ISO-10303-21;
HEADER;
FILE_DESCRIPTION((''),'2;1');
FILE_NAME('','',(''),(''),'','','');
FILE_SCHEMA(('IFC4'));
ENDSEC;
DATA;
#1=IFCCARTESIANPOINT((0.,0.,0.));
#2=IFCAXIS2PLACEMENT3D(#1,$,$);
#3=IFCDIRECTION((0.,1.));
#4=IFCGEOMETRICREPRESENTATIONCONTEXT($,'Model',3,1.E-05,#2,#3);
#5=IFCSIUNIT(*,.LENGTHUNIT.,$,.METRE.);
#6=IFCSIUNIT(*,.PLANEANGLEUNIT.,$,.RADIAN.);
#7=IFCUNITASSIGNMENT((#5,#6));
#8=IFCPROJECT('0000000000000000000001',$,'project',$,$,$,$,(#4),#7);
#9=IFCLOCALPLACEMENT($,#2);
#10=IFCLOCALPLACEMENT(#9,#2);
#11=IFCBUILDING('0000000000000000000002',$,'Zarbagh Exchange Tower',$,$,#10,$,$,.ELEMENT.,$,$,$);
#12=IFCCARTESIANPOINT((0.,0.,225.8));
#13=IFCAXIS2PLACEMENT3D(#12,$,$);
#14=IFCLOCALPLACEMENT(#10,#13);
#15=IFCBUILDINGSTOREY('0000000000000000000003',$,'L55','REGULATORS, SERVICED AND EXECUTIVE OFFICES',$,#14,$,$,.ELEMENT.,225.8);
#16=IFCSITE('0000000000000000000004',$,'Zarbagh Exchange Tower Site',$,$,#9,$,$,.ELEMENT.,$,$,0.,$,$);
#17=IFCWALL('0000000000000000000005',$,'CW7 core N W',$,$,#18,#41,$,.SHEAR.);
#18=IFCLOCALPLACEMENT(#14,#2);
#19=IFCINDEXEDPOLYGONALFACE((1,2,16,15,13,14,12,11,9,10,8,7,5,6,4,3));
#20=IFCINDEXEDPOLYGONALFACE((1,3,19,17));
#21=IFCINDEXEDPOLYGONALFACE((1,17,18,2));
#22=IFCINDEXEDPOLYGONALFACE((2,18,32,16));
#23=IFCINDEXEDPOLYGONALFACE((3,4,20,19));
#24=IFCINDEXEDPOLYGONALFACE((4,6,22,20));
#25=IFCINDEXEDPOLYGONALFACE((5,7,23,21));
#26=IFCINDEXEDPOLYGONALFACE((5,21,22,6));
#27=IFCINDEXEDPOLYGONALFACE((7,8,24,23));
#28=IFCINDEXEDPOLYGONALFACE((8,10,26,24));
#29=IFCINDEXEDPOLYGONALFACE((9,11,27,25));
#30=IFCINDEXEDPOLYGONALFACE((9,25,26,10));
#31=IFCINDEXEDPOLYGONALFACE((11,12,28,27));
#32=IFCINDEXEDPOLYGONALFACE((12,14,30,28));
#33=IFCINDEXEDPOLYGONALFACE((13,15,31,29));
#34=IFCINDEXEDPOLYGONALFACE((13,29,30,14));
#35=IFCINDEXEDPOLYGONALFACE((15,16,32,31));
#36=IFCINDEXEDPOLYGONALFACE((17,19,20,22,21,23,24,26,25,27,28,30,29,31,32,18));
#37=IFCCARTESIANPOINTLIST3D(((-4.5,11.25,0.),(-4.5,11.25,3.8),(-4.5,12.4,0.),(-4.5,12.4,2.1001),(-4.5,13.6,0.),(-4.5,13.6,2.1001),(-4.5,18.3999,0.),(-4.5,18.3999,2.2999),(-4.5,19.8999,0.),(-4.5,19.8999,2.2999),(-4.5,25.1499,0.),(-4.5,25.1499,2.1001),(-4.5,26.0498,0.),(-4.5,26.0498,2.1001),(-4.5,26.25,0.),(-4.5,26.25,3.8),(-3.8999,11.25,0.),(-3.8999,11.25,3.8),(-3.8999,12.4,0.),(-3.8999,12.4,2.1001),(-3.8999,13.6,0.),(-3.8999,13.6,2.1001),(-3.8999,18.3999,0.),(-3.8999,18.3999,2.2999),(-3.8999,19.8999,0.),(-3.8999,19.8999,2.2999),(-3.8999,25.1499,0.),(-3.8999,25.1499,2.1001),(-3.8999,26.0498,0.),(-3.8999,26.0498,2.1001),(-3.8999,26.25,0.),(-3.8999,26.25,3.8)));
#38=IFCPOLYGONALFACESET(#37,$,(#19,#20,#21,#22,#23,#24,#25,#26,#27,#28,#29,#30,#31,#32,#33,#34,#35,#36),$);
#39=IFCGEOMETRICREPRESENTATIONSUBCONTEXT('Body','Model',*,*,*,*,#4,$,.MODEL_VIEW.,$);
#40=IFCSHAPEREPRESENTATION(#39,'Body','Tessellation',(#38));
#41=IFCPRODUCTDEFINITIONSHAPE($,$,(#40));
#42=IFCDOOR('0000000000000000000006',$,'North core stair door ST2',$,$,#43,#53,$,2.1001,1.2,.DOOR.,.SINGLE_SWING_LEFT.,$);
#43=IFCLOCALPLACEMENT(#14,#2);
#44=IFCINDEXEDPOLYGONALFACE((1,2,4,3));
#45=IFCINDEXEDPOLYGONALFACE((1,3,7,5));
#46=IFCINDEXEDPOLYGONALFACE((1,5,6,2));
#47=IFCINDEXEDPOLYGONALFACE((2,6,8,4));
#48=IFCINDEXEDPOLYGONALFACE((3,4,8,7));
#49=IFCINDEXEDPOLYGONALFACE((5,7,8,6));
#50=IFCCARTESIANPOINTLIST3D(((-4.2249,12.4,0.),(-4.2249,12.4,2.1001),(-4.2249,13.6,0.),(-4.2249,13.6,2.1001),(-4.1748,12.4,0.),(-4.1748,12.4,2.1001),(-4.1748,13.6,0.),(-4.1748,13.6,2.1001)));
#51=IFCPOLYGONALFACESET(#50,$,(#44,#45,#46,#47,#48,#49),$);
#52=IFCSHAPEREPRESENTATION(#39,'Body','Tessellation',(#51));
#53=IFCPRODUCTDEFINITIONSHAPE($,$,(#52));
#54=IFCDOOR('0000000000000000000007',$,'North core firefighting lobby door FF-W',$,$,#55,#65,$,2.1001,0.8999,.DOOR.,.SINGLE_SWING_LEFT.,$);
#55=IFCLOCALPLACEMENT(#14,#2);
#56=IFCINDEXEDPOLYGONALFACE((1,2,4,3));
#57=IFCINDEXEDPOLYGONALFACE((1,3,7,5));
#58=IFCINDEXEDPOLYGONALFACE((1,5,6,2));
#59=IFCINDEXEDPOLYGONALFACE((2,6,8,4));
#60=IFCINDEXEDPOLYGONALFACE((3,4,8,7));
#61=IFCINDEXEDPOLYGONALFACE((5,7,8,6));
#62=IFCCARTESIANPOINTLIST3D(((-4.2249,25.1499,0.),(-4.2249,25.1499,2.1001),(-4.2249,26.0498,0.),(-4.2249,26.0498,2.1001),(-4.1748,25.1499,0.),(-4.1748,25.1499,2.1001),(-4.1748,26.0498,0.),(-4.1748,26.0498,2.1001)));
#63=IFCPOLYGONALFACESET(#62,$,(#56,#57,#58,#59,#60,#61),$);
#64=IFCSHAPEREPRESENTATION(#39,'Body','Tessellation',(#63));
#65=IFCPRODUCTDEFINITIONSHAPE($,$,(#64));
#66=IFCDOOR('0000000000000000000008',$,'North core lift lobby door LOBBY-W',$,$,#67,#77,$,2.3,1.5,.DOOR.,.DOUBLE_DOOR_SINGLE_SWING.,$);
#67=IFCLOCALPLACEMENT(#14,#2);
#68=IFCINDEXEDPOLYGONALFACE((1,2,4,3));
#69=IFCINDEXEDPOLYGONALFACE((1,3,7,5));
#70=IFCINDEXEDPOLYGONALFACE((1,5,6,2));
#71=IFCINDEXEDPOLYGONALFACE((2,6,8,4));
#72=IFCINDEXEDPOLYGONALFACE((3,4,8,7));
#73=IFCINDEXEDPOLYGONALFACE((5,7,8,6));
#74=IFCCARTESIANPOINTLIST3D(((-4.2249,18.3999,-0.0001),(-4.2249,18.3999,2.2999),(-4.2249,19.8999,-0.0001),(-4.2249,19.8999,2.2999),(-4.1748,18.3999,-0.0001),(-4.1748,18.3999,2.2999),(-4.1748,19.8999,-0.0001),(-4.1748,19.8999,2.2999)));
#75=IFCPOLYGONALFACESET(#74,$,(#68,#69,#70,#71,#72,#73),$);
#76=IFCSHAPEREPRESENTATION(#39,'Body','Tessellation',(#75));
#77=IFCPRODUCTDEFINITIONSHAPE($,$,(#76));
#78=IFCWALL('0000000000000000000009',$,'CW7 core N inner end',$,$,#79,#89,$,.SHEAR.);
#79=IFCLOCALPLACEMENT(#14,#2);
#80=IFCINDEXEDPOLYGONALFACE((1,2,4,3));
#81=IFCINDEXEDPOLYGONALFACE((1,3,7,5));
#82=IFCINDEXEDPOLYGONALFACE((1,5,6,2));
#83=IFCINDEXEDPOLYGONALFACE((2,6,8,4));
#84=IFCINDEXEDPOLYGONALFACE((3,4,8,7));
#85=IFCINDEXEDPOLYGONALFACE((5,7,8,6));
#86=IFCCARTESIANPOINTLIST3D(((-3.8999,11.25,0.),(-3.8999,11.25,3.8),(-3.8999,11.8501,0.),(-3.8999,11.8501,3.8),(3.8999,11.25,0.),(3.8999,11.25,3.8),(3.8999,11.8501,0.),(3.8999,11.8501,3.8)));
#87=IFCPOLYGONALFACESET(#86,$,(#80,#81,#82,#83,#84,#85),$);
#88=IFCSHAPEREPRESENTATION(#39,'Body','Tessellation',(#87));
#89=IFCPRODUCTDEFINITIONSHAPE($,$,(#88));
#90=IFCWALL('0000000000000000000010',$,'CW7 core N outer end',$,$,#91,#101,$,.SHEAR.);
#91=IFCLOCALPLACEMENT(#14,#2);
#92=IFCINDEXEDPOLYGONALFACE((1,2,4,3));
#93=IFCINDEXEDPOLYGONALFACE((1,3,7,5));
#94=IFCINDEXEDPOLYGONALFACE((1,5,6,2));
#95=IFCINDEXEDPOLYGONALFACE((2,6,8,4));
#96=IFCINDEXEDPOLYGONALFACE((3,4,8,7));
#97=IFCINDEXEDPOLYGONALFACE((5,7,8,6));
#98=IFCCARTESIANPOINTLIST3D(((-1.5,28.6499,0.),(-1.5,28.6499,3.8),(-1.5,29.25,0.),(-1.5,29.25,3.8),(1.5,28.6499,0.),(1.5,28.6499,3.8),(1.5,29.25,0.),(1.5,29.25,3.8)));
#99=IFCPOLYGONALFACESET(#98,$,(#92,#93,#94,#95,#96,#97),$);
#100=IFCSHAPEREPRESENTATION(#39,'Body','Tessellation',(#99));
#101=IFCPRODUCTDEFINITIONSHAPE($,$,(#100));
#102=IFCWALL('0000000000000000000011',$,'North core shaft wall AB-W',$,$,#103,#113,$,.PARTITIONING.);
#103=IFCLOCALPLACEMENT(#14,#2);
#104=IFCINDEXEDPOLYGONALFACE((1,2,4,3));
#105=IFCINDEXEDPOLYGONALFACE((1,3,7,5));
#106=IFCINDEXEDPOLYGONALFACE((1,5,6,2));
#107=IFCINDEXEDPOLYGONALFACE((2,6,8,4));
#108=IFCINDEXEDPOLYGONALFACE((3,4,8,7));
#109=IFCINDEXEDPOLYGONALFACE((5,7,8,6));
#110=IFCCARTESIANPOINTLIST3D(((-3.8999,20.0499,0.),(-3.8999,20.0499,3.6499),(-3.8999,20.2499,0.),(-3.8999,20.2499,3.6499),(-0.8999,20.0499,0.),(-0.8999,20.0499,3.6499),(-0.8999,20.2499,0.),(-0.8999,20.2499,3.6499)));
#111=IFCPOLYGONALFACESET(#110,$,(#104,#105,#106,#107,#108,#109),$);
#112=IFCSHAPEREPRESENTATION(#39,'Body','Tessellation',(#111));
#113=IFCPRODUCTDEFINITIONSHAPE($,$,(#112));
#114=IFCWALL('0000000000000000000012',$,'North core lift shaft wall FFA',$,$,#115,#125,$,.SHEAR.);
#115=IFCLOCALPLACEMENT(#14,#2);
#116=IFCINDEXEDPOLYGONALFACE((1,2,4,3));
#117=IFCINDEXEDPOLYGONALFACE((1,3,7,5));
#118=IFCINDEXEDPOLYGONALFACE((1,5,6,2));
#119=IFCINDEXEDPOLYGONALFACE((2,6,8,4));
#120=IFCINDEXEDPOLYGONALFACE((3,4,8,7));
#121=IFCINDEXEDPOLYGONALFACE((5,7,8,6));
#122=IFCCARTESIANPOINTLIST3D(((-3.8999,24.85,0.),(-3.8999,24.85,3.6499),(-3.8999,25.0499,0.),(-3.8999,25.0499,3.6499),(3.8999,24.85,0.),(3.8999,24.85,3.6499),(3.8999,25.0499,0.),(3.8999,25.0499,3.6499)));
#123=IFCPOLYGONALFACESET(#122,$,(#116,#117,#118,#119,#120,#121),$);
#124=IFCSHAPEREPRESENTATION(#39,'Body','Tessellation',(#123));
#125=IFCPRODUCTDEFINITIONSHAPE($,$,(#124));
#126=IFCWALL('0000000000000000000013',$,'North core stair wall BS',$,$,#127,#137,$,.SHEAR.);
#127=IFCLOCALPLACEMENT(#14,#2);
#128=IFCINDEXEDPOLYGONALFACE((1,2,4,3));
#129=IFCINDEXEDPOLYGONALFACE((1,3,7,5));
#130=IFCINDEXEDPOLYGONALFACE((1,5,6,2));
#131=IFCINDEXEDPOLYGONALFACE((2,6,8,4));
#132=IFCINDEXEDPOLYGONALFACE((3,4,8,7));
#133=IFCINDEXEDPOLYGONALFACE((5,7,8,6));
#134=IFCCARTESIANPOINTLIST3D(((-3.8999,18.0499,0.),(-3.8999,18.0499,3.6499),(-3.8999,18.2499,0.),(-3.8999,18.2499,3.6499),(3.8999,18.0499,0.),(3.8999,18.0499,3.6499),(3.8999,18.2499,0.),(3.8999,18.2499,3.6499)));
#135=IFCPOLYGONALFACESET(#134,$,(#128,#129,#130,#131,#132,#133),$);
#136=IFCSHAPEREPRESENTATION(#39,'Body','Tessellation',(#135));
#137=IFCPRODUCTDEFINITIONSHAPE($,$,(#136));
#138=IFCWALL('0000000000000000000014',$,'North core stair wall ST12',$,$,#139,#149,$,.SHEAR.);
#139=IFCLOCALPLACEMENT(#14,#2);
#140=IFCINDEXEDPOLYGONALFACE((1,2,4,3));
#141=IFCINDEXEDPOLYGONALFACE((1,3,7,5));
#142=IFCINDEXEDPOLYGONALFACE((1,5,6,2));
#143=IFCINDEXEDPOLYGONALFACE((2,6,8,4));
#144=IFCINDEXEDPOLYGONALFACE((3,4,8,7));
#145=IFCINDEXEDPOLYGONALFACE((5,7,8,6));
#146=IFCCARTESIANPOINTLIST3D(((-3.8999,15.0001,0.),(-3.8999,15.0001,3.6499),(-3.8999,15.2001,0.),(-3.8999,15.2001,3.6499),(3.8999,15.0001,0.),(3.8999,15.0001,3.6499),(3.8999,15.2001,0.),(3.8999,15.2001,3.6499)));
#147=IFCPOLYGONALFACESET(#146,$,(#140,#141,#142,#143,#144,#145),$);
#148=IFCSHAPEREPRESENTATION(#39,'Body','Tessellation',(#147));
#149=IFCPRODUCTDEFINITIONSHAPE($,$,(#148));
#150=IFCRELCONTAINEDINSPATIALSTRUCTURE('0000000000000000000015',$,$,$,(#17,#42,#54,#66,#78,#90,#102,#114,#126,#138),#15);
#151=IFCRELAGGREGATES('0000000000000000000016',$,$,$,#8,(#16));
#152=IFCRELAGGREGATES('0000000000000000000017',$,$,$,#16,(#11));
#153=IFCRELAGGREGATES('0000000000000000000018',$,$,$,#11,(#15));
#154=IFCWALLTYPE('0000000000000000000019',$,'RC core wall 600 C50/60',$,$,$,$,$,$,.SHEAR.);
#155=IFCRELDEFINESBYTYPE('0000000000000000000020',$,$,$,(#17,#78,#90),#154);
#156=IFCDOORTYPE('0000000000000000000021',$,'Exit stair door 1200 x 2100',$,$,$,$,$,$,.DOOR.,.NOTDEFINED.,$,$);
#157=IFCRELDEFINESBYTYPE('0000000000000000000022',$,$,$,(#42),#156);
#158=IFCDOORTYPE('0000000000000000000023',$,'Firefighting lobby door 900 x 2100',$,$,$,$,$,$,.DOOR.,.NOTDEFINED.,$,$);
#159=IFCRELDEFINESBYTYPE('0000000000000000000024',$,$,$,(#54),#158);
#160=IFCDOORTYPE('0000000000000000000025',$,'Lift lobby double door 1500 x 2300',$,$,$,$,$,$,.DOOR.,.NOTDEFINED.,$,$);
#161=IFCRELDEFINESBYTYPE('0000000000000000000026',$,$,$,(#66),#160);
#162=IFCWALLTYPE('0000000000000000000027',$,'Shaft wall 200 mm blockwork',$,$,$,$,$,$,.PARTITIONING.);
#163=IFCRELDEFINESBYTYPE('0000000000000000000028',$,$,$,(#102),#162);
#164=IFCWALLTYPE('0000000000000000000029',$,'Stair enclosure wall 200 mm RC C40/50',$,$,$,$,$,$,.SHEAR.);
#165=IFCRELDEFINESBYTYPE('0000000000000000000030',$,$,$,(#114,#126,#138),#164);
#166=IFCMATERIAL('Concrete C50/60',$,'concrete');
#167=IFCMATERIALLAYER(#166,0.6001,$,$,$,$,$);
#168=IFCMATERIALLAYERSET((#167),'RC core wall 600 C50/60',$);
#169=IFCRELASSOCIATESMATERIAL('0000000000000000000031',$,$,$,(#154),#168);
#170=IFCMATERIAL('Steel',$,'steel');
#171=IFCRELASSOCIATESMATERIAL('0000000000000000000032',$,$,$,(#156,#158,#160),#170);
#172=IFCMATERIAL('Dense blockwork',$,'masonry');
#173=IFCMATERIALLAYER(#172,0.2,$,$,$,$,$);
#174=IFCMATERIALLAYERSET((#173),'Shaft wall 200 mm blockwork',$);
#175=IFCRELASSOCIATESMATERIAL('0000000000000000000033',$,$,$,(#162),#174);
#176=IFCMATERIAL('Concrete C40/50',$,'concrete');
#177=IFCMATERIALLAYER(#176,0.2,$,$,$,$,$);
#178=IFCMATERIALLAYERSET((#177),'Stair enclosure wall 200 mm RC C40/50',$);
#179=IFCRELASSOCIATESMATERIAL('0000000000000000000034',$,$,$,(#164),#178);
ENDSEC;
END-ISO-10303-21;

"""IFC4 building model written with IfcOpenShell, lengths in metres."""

from ifc_helpers import new_model, si_unit, direction, frame, frame_2d, origin, place, context, subcontext, project, spatial, rectangle, extrude, material, layer, layer_set, type_object, element, fill, save


model = new_model("IFC4")

# Units and contexts
model_context = context("Model", 3, precision=1e-05, world=origin(), true_north=direction((0.0, 1.0)))
body_context = subcontext(model_context, "Body", "Model", "MODEL_VIEW")
ifc_project = project(units=[si_unit("LENGTHUNIT", "METRE"), si_unit("PLANEANGLEUNIT", "RADIAN")], contexts=[model_context])

# Site, building, storey
site_placement = place(None, origin())
site = spatial("IfcSite", under=ifc_project, at=site_placement, Name="Zarbagh Exchange Tower Site", CompositionType="ELEMENT", RefElevation=0.0)
building_placement = place(site_placement, origin())
building = spatial("IfcBuilding", under=site, at=building_placement, Name="Zarbagh Exchange Tower", CompositionType="ELEMENT")
storey_placement = place(building_placement, frame((0.0, 0.0, 225.8)))
storey = spatial("IfcBuildingStorey", under=building, at=storey_placement, Name="L55", Description="REGULATORS, SERVICED AND EXECUTIVE OFFICES", CompositionType="ELEMENT", Elevation=225.8)

# Shared definitions
ifc_material_1 = material(Name="Concrete C50/60", Category="concrete")

# Shared definitions
ifc_material_2 = material(Name="Dense blockwork", Category="masonry")

# Wall, openings, doors
ifc_layer_1 = layer(ifc_material_1, 0.6001)
ifc_layer_set_1 = layer_set([ifc_layer_1], Name="RC core wall 600 C50/60")
wall_type_1 = type_object("IfcWallType", Name="RC core wall 600 C50/60", PredefinedType="SHEAR", material=ifc_layer_set_1)
wall_1_placement = place(storey_placement, frame((-4.2, 11.25, 0.0), z_axis=(0.0, 0.0, 1.0), x_axis=(0.0, 1.0, 0.0)))
wall_1 = element("IfcWall", 1, at=wall_1_placement, inside=storey, type_object=wall_type_1, Name="CW7 core N W", PredefinedType="SHEAR", context=body_context, shape_type="SweptSolid", body=[
    extrude(rectangle(XDim=15.0, YDim=0.6001, at=frame_2d((7.5, 0.0))), origin(), (0.0, 0.0, 1.0), 3.8),
])
opening_1_placement = place(wall_1_placement, frame((7.1499, 0.0, 0.0)))
opening_1 = element("IfcOpeningElement", 2, at=opening_1_placement, cuts=wall_1, PredefinedType="OPENING", context=body_context, shape_type="SweptSolid", body=[
    extrude(rectangle(XDim=1.5, YDim=2.3, at=frame_2d((0.75, 1.1499))), frame((0.0, 0.3101, 0.0), z_axis=(0.0, -1.0, 0.0), x_axis=(1.0, 0.0, 0.0)), (0.0, 0.0, 1.0), 0.6201),
])
opening_2_placement = place(wall_1_placement, frame((13.8999, 0.0, 0.0)))
opening_2 = element("IfcOpeningElement", 3, at=opening_2_placement, cuts=wall_1, PredefinedType="OPENING", context=body_context, shape_type="SweptSolid", body=[
    extrude(rectangle(XDim=0.8999, YDim=2.1001, at=frame_2d((0.45, 1.05))), frame((0.0, 0.3101, 0.0), z_axis=(0.0, -1.0, 0.0), x_axis=(1.0, 0.0, 0.0)), (0.0, 0.0, 1.0), 0.6201),
])
opening_3_placement = place(wall_1_placement, frame((1.1499, 0.0, 0.0)))
opening_3 = element("IfcOpeningElement", 4, at=opening_3_placement, cuts=wall_1, PredefinedType="OPENING", context=body_context, shape_type="SweptSolid", body=[
    extrude(rectangle(XDim=1.2, YDim=2.1001, at=frame_2d((0.6001, 1.05))), frame((0.0, 0.3101, 0.0), z_axis=(0.0, -1.0, 0.0), x_axis=(1.0, 0.0, 0.0)), (0.0, 0.0, 1.0), 0.6201),
])
ifc_material_3 = material(Name="Steel", Category="steel")
door_type_1 = type_object("IfcDoorType", Name="Exit stair door 1200 x 2100", OperationType="NOTDEFINED", PredefinedType="DOOR", material=ifc_material_3)
door_1_placement = place(opening_3_placement, origin())
door_1 = element("IfcDoor", 5, at=door_1_placement, inside=storey, type_object=door_type_1, Name="North core stair door ST2", OperationType="SINGLE_SWING_LEFT", OverallHeight=2.1001, OverallWidth=1.2, PredefinedType="DOOR", context=body_context, shape_type="SweptSolid", body=[
    extrude(rectangle(XDim=1.2, YDim=2.1001, at=frame_2d((0.6001, 1.05))), frame((0.0, 0.0249, 0.0), z_axis=(0.0, -1.0, 0.0), x_axis=(1.0, 0.0, 0.0)), (0.0, 0.0, 1.0), 0.05),
])
fill(opening_3, door_1)
door_type_2 = type_object("IfcDoorType", Name="Firefighting lobby door 900 x 2100", OperationType="NOTDEFINED", PredefinedType="DOOR", material=ifc_material_3)
door_2_placement = place(opening_2_placement, origin())
door_2 = element("IfcDoor", 6, at=door_2_placement, inside=storey, type_object=door_type_2, Name="North core firefighting lobby door FF-W", OperationType="SINGLE_SWING_LEFT", OverallHeight=2.1001, OverallWidth=0.8999, PredefinedType="DOOR", context=body_context, shape_type="SweptSolid", body=[
    extrude(rectangle(XDim=0.8999, YDim=2.1001, at=frame_2d((0.45, 1.05))), frame((0.0, 0.0249, 0.0), z_axis=(0.0, -1.0, 0.0), x_axis=(1.0, 0.0, 0.0)), (0.0, 0.0, 1.0), 0.05),
])
fill(opening_2, door_2)
door_type_3 = type_object("IfcDoorType", Name="Lift lobby double door 1500 x 2300", OperationType="NOTDEFINED", PredefinedType="DOOR", material=ifc_material_3)
door_3_placement = place(opening_1_placement, origin())
door_3 = element("IfcDoor", 7, at=door_3_placement, inside=storey, type_object=door_type_3, Name="North core lift lobby door LOBBY-W", OperationType="DOUBLE_DOOR_SINGLE_SWING", OverallHeight=2.3, OverallWidth=1.5, PredefinedType="DOOR", context=body_context, shape_type="SweptSolid", body=[
    extrude(rectangle(XDim=1.5, YDim=2.3, at=frame_2d((0.75, 1.1499))), frame((0.0, 0.0249, 0.0), z_axis=(0.0, -1.0, 0.0), x_axis=(1.0, 0.0, 0.0)), (0.0, 0.0, 1.0), 0.05),
])
fill(opening_1, door_3)

# Walls
wall_2_placement = place(storey_placement, frame((-3.8999, 11.55, 0.0), z_axis=(0.0, 0.0, 1.0), x_axis=(1.0, 0.0, 0.0)))
element("IfcWall", 8, at=wall_2_placement, inside=storey, type_object=wall_type_1, Name="CW7 core N inner end", PredefinedType="SHEAR", context=body_context, shape_type="SweptSolid", body=[
    extrude(rectangle(XDim=7.7998, YDim=0.6001, at=frame_2d((3.8999, 0.0))), origin(), (0.0, 0.0, 1.0), 3.8),
])
wall_3_placement = place(storey_placement, frame((-1.5, 28.95, 0.0), z_axis=(0.0, 0.0, 1.0), x_axis=(1.0, 0.0, 0.0)))
element("IfcWall", 9, at=wall_3_placement, inside=storey, type_object=wall_type_1, Name="CW7 core N outer end", PredefinedType="SHEAR", context=body_context, shape_type="SweptSolid", body=[
    extrude(rectangle(XDim=3.0, YDim=0.6001, at=frame_2d((1.5, 0.0))), origin(), (0.0, 0.0, 1.0), 3.8),
])
ifc_layer_2 = layer(ifc_material_2, 0.2)
ifc_layer_set_2 = layer_set([ifc_layer_2], Name="Shaft wall 200 mm blockwork")
wall_type_2 = type_object("IfcWallType", Name="Shaft wall 200 mm blockwork", PredefinedType="PARTITIONING", material=ifc_layer_set_2)
wall_4_placement = place(storey_placement, frame((-3.8999, 20.1499, 0.0), z_axis=(0.0, 0.0, 1.0), x_axis=(1.0, 0.0, 0.0)))
element("IfcWall", 10, at=wall_4_placement, inside=storey, type_object=wall_type_2, Name="North core shaft wall AB-W", PredefinedType="PARTITIONING", context=body_context, shape_type="SweptSolid", body=[
    extrude(rectangle(XDim=3.0, YDim=0.2, at=frame_2d((1.5, 0.0))), origin(), (0.0, 0.0, 1.0), 3.6499),
])
ifc_material_4 = material(Name="Concrete C40/50", Category="concrete")
ifc_layer_3 = layer(ifc_material_4, 0.2)
ifc_layer_set_3 = layer_set([ifc_layer_3], Name="Stair enclosure wall 200 mm RC C40/50")
wall_type_3 = type_object("IfcWallType", Name="Stair enclosure wall 200 mm RC C40/50", PredefinedType="SHEAR", material=ifc_layer_set_3)
for number, where, z_axis, x_axis, name in (
    (11, (-3.8999, 24.95, 0.0), (0.0, 0.0, 1.0), (1.0, 0.0, 0.0), "North core lift shaft wall FFA"),
    (12, (-3.8999, 18.1499, 0.0), (0.0, 0.0, 1.0), (1.0, 0.0, 0.0), "North core stair wall BS"),
    (13, (-3.8999, 15.1001, 0.0), (0.0, 0.0, 1.0), (1.0, 0.0, 0.0), "North core stair wall ST12"),
):
    element("IfcWall", number, at=place(storey_placement, frame(where, z_axis=z_axis, x_axis=x_axis)), inside=storey, type_object=wall_type_3, Name=name, PredefinedType="SHEAR", context=body_context, shape_type="SweptSolid", body=[
        extrude(rectangle(XDim=7.7998, YDim=0.2, at=frame_2d((3.8999, 0.0))), origin(), (0.0, 0.0, 1.0), 3.6499),
    ])

save(model, "model.ifc")
